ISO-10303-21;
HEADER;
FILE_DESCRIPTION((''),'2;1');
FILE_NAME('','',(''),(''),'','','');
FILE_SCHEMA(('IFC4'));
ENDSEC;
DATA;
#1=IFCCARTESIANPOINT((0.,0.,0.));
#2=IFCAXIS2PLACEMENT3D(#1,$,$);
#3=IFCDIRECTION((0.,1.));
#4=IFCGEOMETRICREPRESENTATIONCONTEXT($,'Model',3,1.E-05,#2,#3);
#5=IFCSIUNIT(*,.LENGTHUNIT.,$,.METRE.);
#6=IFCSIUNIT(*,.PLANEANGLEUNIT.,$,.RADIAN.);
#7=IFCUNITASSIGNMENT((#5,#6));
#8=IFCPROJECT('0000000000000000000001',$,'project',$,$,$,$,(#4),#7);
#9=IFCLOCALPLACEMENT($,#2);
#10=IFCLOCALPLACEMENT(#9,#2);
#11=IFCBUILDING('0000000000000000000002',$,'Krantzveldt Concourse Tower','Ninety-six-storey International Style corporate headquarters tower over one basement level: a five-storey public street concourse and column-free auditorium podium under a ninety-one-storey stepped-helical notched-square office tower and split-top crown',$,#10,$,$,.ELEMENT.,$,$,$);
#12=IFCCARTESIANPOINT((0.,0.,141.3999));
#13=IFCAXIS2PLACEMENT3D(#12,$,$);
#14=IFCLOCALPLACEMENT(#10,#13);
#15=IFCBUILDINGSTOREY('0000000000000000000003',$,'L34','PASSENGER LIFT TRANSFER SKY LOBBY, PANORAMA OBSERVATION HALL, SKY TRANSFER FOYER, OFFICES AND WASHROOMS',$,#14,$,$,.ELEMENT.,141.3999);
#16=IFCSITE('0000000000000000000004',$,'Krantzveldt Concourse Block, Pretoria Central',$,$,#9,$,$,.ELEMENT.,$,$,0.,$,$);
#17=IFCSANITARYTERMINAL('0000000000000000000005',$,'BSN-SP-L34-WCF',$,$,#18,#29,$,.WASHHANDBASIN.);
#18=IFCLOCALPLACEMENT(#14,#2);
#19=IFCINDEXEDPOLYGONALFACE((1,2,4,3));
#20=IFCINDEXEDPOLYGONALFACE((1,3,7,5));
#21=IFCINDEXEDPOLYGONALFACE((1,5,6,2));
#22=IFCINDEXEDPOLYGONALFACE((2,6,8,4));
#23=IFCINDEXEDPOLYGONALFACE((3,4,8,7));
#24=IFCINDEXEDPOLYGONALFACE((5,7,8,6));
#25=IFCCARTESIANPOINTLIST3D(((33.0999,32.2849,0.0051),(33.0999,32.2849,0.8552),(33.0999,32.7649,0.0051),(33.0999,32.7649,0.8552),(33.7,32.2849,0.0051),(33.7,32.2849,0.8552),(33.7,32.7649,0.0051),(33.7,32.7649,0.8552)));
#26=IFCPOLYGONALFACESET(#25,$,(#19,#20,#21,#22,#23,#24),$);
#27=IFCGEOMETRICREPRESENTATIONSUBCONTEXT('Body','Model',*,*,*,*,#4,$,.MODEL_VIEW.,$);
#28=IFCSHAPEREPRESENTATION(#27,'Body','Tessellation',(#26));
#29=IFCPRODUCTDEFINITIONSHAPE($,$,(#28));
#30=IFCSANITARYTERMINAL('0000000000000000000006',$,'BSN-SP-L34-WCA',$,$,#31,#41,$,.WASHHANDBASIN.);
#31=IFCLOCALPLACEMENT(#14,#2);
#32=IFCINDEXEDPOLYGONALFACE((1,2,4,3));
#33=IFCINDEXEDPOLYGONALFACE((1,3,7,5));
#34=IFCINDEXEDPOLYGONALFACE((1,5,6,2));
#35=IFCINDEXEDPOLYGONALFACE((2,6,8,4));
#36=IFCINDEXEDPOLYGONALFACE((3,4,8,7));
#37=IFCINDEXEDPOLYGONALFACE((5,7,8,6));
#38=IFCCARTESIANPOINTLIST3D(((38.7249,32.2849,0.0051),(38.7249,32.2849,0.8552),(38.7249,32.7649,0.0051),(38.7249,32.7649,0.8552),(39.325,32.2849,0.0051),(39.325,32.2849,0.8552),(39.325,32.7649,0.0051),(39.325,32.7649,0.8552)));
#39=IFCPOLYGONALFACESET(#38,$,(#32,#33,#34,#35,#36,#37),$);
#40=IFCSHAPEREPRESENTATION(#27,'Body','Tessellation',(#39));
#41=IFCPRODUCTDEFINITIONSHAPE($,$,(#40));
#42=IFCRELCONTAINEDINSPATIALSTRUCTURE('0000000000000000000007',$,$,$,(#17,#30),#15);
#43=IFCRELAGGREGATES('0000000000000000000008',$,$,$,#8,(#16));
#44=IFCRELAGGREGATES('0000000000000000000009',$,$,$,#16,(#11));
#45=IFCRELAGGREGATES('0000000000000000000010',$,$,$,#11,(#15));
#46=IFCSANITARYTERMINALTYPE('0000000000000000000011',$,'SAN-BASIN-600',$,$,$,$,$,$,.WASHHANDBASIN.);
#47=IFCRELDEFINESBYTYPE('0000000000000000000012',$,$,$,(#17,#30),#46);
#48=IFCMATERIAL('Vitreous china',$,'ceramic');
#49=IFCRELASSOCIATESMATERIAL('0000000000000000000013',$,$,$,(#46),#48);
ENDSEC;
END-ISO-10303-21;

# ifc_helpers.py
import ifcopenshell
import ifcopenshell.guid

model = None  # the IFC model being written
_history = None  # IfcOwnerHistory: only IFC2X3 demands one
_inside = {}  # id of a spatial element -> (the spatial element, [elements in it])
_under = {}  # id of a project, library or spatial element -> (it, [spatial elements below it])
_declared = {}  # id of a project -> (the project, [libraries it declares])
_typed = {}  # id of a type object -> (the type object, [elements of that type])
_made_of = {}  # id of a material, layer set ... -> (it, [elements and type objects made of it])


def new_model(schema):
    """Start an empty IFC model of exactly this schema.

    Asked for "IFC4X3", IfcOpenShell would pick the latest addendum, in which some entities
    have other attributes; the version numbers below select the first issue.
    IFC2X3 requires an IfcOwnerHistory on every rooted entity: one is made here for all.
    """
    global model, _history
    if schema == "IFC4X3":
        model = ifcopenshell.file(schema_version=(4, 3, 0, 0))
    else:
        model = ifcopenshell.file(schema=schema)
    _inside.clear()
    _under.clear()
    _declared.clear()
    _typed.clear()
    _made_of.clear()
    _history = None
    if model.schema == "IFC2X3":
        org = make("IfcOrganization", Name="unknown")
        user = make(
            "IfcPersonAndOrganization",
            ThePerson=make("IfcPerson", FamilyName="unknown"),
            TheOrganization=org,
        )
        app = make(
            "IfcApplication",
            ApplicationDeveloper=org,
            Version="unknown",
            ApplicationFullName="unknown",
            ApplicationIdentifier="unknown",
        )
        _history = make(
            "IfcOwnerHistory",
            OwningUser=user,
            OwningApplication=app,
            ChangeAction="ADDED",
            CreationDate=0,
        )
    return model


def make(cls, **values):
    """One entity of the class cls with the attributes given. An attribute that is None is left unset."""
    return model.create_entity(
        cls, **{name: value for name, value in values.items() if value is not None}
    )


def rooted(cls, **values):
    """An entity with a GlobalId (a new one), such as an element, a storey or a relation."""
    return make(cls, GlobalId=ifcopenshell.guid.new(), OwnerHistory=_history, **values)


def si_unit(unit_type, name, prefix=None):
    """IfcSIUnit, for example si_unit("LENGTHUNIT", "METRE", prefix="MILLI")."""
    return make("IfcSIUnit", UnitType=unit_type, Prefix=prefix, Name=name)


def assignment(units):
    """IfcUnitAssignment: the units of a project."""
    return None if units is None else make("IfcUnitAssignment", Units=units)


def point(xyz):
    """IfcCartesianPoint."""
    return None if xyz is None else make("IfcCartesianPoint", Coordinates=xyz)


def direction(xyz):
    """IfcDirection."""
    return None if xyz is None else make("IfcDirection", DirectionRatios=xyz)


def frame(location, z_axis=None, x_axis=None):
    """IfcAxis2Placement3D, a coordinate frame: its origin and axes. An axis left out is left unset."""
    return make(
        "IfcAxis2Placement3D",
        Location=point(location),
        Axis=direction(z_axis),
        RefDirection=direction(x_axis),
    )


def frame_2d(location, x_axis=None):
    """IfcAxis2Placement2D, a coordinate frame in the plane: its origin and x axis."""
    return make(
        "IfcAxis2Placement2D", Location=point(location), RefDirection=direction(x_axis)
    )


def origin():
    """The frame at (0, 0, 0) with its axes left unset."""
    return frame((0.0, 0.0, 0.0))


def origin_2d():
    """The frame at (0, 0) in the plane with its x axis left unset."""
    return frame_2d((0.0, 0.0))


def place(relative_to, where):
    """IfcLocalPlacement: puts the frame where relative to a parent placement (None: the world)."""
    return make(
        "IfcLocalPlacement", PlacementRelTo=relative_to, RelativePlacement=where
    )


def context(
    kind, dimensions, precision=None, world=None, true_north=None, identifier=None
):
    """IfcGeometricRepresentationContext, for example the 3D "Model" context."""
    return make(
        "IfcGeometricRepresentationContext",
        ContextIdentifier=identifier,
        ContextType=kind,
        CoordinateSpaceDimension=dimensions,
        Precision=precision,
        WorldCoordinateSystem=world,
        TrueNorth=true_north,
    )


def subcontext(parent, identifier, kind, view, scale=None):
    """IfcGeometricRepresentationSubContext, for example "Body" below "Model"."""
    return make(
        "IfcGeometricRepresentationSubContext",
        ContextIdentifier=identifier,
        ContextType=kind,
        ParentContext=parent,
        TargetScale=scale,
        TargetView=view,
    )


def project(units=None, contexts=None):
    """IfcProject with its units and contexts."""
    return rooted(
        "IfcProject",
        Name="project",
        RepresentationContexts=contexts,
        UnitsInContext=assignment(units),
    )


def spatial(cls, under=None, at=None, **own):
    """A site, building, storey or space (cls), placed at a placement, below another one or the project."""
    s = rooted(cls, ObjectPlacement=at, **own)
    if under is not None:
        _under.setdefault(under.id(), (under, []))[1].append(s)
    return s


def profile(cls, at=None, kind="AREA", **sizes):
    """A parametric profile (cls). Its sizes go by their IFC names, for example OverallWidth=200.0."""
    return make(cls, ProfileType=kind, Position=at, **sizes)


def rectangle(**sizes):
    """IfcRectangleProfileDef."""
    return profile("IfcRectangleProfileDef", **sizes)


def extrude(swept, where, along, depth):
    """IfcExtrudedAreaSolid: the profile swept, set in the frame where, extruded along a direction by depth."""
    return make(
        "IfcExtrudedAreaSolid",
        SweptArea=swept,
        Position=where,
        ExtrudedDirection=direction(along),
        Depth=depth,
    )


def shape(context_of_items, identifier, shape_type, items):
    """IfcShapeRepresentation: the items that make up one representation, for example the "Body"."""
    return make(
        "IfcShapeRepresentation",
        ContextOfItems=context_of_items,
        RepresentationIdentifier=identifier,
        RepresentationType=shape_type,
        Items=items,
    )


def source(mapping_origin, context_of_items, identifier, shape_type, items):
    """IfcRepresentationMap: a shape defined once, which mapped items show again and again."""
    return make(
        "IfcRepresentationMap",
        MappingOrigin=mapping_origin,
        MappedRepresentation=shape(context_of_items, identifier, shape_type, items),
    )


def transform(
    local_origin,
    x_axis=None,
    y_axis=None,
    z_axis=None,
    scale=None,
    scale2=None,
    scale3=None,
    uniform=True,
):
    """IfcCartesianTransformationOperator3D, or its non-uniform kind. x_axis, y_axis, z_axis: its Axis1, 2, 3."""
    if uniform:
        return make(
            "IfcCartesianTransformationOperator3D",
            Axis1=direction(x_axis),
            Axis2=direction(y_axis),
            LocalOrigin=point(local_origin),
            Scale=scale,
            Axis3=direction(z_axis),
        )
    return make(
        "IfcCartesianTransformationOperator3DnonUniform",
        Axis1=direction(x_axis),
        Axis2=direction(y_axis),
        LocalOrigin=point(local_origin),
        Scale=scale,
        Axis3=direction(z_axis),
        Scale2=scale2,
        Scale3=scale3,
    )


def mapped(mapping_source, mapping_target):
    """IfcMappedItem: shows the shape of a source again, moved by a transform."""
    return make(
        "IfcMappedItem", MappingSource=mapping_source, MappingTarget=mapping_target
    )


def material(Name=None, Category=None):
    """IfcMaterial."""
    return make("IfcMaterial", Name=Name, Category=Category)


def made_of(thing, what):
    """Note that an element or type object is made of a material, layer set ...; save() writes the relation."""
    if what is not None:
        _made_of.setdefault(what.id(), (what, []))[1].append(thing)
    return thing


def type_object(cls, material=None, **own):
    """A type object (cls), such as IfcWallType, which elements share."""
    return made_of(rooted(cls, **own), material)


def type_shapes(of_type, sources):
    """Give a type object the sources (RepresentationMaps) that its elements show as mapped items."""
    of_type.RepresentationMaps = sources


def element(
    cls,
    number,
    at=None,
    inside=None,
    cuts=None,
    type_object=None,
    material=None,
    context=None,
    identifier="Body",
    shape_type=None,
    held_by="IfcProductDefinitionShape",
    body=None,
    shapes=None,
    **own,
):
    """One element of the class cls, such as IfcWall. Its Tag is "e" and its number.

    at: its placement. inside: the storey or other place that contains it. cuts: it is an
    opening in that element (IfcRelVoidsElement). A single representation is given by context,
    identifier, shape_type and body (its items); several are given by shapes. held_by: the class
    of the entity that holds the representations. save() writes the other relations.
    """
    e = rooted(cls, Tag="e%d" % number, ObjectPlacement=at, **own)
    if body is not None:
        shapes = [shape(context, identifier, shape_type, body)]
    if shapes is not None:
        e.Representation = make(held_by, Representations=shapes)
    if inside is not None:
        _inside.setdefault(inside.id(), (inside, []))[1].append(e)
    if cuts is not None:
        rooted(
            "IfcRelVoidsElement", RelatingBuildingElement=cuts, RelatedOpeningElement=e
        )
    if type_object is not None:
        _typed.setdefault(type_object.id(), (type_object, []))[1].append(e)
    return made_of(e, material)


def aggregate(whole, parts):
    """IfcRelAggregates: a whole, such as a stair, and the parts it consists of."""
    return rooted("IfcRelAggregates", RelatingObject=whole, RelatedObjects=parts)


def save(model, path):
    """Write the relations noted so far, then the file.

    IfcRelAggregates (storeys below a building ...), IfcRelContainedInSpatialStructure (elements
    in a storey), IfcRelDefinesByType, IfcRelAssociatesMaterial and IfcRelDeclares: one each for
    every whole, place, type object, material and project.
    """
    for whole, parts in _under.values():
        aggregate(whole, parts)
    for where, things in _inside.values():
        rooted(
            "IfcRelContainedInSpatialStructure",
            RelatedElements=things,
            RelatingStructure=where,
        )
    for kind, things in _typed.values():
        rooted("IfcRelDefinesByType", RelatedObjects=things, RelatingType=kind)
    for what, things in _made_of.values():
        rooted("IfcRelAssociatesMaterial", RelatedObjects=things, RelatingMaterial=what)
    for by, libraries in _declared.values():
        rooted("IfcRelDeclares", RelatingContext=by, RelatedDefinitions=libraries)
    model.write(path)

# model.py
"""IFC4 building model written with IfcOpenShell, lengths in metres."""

from ifc_helpers import new_model, si_unit, direction, frame, origin, origin_2d, place, context, subcontext, project, spatial, rectangle, extrude, source, transform, mapped, material, type_object, type_shapes, element, save


model = new_model("IFC4")

# Units and contexts
model_context = context("Model", 3, precision=1e-05, world=origin(), true_north=direction((0.0, 1.0)))
body_context = subcontext(model_context, "Body", "Model", "MODEL_VIEW")
ifc_project = project(units=[si_unit("LENGTHUNIT", "METRE"), si_unit("PLANEANGLEUNIT", "RADIAN")], contexts=[model_context])

# Site, building, storey
site_placement = place(None, origin())
site = spatial("IfcSite", under=ifc_project, at=site_placement, Name="Krantzveldt Concourse Block, Pretoria Central", CompositionType="ELEMENT", RefElevation=0.0)
building_placement = place(site_placement, origin())
building = spatial("IfcBuilding", under=site, at=building_placement, Name="Krantzveldt Concourse Tower", Description="Ninety-six-storey International Style corporate headquarters tower over one basement level: a five-storey public street concourse and column-free auditorium podium under a ninety-one-storey stepped-helical notched-square office tower and split-top crown", CompositionType="ELEMENT")
storey_placement = place(building_placement, frame((0.0, 0.0, 141.3999)))
storey = spatial("IfcBuildingStorey", under=building, at=storey_placement, Name="L34", Description="PASSENGER LIFT TRANSFER SKY LOBBY, PANORAMA OBSERVATION HALL, SKY TRANSFER FOYER, OFFICES AND WASHROOMS", CompositionType="ELEMENT", Elevation=141.3999)

# Sanitary terminals
ifc_material_1 = material(Name="Vitreous china", Category="ceramic")
sanitary_terminal_type_1 = type_object("IfcSanitaryTerminalType", Name="SAN-BASIN-600", PredefinedType="WASHHANDBASIN", material=ifc_material_1)
shared_shape_1 = source(origin(), body_context, "Body", "SweptSolid", [
    extrude(rectangle(XDim=0.6001, YDim=0.48, at=origin_2d()), origin(), (0.0, 0.0, 1.0), 0.8501),
])
type_shapes(sanitary_terminal_type_1, [shared_shape_1])
for number, where, z_axis, x_axis, name in (
    (1, (33.3999, 32.5249, 0.0051), (0.0, 0.0, 1.0), (1.0, 0.0, 0.0), "BSN-SP-L34-WCF"),
    (2, (39.0249, 32.5249, 0.0051), (0.0, 0.0, 1.0), (1.0, 0.0, 0.0), "BSN-SP-L34-WCA"),
):
    element("IfcSanitaryTerminal", number, at=place(storey_placement, frame(where, z_axis=z_axis, x_axis=x_axis)), inside=storey, type_object=sanitary_terminal_type_1, Name=name, PredefinedType="WASHHANDBASIN", context=body_context, shape_type="MappedRepresentation", body=[
        mapped(shared_shape_1, transform((0.0, 0.0, 0.0), x_axis=(1.0, 0.0, 0.0), y_axis=(0.0, 1.0, 0.0), z_axis=(0.0, 0.0, 1.0), scale=1.0)),
    ])

save(model, "model.ifc")
